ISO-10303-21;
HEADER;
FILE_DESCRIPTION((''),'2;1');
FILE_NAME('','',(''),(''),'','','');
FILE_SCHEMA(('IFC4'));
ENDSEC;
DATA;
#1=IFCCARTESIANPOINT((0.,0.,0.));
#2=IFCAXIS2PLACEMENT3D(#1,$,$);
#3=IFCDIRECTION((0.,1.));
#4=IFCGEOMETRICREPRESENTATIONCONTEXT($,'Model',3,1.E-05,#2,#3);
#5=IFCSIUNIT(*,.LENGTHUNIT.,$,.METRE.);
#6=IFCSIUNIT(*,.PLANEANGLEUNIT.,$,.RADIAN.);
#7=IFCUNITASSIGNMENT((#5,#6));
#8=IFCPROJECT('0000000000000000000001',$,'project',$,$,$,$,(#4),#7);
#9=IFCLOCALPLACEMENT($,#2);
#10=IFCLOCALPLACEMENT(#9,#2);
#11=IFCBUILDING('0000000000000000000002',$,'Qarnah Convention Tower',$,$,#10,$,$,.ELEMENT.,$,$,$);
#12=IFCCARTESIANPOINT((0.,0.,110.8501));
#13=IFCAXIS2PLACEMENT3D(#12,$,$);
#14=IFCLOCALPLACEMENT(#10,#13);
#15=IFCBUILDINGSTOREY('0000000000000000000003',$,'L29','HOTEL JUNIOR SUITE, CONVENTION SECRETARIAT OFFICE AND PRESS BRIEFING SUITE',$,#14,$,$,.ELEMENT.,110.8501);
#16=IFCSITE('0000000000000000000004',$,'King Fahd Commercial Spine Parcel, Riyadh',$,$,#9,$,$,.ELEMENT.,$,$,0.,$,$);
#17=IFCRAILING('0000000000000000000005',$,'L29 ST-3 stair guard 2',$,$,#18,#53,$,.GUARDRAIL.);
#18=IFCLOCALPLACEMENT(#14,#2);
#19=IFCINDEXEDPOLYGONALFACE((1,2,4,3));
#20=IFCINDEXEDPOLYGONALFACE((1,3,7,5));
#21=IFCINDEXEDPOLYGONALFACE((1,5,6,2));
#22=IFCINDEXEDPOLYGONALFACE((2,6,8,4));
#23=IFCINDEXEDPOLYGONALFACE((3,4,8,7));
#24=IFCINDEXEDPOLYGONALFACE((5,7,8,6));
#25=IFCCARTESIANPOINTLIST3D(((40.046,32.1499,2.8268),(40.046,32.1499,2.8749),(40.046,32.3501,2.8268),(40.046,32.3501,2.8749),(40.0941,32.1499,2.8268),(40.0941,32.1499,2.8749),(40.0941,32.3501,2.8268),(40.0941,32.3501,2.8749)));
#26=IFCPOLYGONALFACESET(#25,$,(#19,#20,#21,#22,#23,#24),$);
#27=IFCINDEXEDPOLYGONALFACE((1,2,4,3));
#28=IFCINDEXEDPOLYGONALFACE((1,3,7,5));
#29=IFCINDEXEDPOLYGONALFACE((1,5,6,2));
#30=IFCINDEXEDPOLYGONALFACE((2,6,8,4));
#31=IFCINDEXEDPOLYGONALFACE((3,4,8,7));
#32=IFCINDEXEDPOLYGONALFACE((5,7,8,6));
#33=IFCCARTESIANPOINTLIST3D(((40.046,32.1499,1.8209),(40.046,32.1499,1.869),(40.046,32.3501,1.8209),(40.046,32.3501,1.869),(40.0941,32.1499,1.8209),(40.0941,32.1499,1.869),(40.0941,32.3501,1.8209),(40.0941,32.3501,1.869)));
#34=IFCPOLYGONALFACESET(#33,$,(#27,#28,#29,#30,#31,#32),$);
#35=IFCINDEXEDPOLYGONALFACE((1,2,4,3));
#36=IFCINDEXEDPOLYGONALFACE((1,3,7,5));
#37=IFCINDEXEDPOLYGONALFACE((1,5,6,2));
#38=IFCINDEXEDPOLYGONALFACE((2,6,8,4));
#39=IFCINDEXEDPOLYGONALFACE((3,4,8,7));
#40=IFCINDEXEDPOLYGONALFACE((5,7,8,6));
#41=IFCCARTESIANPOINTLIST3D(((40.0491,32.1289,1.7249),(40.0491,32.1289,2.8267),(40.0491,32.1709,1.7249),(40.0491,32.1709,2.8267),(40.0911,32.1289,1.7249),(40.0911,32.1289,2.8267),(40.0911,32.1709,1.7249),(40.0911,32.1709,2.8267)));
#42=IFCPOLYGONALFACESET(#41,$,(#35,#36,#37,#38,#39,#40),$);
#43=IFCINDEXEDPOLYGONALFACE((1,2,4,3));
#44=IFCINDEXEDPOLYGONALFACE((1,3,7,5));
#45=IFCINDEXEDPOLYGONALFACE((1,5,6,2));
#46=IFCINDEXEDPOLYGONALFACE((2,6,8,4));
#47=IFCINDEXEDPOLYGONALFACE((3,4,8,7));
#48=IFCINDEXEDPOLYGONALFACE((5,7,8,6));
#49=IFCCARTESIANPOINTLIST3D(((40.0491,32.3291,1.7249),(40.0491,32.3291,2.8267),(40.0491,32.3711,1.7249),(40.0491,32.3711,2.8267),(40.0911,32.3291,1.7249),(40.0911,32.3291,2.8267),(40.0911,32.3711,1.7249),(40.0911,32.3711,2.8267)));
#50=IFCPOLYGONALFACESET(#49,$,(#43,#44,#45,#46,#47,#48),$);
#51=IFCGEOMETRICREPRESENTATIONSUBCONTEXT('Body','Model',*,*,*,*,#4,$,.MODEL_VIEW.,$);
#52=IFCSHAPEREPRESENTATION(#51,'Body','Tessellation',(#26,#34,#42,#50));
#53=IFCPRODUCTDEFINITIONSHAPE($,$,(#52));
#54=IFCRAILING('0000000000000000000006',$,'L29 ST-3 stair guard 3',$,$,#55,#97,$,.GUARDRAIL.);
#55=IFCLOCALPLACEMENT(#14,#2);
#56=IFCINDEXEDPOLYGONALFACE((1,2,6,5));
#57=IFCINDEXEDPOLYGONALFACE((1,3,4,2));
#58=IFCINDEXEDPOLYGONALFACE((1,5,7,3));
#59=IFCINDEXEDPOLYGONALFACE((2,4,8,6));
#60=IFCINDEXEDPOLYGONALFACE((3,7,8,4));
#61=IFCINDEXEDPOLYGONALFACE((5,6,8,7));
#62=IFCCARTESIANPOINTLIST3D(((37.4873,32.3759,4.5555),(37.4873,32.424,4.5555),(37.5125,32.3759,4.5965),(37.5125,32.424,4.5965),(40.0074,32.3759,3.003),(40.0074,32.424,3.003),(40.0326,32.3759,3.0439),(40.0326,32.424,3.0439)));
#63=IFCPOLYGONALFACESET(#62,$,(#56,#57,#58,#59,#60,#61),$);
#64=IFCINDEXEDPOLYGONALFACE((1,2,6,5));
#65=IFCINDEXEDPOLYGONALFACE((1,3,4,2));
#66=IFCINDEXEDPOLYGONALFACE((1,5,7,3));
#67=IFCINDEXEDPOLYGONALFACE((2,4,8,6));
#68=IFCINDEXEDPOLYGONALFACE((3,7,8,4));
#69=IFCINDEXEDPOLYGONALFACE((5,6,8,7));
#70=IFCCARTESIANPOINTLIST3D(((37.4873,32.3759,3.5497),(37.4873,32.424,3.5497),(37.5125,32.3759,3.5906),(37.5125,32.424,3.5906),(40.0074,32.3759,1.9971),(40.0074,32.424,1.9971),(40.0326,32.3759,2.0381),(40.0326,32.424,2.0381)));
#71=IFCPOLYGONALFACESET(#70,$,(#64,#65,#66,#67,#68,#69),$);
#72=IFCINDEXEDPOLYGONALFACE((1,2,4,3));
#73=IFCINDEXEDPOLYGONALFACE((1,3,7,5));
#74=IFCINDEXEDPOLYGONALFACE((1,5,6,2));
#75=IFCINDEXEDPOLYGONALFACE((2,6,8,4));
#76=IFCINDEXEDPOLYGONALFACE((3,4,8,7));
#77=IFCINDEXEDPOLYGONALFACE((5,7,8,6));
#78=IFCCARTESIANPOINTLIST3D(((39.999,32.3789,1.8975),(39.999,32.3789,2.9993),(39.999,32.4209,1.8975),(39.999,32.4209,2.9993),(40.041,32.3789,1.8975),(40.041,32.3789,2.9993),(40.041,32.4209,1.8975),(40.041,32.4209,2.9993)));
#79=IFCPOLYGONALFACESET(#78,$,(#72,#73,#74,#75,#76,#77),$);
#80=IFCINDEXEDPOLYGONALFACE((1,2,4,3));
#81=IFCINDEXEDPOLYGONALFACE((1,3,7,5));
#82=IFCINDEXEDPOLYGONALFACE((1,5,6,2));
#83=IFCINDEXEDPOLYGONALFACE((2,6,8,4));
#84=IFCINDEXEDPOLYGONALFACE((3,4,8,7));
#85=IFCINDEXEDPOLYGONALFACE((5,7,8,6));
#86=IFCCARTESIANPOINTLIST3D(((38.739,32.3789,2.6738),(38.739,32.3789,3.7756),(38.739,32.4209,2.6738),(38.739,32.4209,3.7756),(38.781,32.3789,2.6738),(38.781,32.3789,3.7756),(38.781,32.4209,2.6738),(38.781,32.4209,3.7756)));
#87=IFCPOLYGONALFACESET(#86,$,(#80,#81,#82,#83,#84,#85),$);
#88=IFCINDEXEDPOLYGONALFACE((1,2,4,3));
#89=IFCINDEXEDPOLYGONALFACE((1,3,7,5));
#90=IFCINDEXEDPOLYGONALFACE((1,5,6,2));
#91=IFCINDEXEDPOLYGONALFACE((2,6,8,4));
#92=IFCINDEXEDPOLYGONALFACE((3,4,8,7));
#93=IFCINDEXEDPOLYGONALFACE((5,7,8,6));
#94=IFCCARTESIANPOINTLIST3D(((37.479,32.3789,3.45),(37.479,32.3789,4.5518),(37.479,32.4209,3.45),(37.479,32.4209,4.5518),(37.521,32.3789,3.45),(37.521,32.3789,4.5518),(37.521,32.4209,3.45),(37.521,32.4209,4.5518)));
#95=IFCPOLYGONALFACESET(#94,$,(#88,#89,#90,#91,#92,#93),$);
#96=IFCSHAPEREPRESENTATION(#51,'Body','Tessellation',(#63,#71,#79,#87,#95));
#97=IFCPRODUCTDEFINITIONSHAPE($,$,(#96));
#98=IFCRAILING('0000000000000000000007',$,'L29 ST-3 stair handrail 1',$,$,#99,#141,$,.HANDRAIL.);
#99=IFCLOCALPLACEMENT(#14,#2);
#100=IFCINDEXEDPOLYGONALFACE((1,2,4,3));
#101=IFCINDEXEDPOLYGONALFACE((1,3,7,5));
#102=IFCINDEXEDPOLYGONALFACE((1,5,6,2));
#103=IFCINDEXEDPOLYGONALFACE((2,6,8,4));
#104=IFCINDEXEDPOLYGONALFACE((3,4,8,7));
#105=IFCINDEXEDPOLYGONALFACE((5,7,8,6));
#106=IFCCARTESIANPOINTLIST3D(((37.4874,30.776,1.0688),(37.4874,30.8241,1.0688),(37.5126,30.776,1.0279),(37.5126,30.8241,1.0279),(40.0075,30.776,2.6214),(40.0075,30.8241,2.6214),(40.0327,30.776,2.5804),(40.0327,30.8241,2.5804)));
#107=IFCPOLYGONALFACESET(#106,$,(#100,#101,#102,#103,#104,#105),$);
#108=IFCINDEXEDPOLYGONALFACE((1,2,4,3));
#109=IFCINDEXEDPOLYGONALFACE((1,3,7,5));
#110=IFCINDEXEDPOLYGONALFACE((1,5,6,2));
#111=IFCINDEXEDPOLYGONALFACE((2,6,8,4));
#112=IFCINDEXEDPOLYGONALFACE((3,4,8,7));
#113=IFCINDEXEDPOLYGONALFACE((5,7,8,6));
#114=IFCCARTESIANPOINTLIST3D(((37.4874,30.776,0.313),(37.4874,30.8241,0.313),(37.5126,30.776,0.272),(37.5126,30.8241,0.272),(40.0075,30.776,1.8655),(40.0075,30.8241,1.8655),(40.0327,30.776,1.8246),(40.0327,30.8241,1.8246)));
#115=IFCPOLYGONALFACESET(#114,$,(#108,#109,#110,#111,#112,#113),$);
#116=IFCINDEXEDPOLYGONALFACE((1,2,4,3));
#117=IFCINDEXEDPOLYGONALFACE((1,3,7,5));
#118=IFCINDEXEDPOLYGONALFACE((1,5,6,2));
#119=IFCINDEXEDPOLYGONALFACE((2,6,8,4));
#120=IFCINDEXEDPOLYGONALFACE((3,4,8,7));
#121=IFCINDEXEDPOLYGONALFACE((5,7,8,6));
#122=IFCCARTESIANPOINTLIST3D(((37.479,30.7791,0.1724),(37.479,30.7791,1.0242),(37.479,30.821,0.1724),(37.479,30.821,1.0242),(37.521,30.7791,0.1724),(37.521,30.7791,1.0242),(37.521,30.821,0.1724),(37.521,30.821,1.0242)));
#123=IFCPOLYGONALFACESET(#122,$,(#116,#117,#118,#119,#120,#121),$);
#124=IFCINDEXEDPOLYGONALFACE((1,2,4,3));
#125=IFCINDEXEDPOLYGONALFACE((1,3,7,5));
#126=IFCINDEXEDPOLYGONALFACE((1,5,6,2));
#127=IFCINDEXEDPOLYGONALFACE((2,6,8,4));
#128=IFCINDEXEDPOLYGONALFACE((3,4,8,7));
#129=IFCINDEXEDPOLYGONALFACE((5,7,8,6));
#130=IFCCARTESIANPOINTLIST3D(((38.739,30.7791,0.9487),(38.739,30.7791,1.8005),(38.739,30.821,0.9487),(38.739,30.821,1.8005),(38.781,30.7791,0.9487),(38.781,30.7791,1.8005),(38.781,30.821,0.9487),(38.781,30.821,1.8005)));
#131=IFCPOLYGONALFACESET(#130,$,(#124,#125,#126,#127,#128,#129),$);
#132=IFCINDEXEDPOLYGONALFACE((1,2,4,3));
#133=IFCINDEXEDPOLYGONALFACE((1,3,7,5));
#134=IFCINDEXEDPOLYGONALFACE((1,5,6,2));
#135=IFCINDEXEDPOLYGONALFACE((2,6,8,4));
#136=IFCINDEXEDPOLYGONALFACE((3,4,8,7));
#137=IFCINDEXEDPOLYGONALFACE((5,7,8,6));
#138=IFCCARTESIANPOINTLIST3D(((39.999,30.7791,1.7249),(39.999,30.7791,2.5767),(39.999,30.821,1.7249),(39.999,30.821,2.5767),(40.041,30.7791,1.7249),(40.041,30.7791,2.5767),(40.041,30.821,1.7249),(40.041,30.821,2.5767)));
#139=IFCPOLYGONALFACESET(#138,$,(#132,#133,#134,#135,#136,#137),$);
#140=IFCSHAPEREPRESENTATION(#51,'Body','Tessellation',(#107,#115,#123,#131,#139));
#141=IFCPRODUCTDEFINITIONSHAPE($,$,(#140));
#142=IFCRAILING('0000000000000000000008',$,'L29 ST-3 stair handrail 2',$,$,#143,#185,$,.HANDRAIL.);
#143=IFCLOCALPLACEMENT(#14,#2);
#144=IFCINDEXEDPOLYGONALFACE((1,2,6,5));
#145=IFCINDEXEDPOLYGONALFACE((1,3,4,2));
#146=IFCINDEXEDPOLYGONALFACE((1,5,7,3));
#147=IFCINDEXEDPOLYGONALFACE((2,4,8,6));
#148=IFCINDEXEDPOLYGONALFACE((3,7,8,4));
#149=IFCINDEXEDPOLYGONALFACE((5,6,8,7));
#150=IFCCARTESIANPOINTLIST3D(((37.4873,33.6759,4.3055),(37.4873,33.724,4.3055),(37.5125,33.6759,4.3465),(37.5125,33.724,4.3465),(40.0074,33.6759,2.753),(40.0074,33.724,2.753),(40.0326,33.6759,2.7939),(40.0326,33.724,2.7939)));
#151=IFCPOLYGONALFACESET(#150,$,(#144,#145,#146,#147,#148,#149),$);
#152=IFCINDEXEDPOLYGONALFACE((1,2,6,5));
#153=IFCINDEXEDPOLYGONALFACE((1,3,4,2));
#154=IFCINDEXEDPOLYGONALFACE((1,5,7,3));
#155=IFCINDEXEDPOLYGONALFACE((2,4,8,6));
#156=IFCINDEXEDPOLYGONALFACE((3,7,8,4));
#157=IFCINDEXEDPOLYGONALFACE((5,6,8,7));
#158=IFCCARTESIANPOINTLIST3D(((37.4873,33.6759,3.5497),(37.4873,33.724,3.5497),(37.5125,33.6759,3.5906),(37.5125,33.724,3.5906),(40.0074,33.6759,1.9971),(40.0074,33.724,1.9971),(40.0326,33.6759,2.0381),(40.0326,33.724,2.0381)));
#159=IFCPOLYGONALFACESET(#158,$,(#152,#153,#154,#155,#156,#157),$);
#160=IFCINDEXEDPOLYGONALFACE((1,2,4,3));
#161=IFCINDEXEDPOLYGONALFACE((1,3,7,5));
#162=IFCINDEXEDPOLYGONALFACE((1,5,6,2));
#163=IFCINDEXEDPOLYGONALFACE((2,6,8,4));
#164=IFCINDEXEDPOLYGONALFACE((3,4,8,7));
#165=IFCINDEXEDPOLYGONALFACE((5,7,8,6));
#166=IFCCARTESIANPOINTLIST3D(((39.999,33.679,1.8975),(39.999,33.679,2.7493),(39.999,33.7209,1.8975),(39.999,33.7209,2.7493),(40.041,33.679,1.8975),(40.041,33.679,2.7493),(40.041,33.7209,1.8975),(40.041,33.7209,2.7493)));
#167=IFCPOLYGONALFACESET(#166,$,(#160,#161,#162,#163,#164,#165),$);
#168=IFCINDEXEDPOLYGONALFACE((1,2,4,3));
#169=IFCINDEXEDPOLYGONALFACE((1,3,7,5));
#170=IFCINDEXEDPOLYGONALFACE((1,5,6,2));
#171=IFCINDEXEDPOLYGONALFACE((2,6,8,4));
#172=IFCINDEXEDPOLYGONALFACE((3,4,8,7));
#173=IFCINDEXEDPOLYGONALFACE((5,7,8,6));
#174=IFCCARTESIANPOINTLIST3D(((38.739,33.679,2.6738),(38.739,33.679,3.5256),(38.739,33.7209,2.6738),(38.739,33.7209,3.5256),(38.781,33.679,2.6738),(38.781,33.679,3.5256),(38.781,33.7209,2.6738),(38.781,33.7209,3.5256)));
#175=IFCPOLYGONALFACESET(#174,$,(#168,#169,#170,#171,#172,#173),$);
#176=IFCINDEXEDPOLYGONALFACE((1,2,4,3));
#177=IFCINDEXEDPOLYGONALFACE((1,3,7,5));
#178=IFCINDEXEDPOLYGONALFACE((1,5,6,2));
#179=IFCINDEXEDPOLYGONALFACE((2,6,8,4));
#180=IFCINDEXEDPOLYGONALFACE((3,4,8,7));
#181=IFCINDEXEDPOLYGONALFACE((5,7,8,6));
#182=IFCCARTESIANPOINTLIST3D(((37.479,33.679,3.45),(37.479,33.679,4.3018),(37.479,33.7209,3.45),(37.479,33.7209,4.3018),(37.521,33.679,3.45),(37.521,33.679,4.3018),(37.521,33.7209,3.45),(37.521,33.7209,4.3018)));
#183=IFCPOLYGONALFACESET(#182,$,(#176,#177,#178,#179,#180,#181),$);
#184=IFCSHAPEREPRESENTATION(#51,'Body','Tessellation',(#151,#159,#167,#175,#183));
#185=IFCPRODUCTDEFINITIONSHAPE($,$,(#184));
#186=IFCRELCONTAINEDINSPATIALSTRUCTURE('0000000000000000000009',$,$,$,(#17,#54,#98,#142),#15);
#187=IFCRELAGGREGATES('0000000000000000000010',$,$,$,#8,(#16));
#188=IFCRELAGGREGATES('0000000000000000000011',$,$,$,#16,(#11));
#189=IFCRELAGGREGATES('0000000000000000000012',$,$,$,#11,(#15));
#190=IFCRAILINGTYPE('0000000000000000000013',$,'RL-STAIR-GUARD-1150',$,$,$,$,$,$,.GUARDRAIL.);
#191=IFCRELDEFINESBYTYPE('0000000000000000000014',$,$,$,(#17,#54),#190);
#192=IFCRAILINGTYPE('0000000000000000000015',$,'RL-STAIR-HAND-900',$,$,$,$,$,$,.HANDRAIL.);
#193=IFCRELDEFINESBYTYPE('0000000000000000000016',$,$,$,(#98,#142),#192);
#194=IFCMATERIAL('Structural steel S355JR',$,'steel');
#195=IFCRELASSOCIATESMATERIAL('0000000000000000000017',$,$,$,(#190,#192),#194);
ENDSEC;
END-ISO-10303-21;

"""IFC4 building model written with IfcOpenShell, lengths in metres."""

from ifc_helpers import new_model, si_unit, direction, frame, origin, origin_2d, place, context, subcontext, project, spatial, rectangle, extrude, material, type_object, element, save


model = new_model("IFC4")

# Units and contexts
model_context = context("Model", 3, precision=1e-05, world=origin(), true_north=direction((0.0, 1.0)))
body_context = subcontext(model_context, "Body", "Model", "MODEL_VIEW")
ifc_project = project(units=[si_unit("LENGTHUNIT", "METRE"), si_unit("PLANEANGLEUNIT", "RADIAN")], contexts=[model_context])

# Site, building, storey
site_placement = place(None, origin())
site = spatial("IfcSite", under=ifc_project, at=site_placement, Name="King Fahd Commercial Spine Parcel, Riyadh", CompositionType="ELEMENT", RefElevation=0.0)
building_placement = place(site_placement, origin())
building = spatial("IfcBuilding", under=site, at=building_placement, Name="Qarnah Convention Tower", CompositionType="ELEMENT")
storey_placement = place(building_placement, frame((0.0, 0.0, 110.8501)))
storey = spatial("IfcBuildingStorey", under=building, at=storey_placement, Name="L29", Description="HOTEL JUNIOR SUITE, CONVENTION SECRETARIAT OFFICE AND PRESS BRIEFING SUITE", CompositionType="ELEMENT", Elevation=110.8501)

# Shared definitions
ifc_material_1 = material(Name="Structural steel S355JR", Category="steel")

# Railings
railing_type_1 = type_object("IfcRailingType", Name="RL-STAIR-GUARD-1150", PredefinedType="GUARDRAIL", material=ifc_material_1)
railing_1_placement = place(storey_placement, frame((40.0701, 32.1499, 1.7249)))
element("IfcRailing", 1, at=railing_1_placement, inside=storey, type_object=railing_type_1, Name="L29 ST-3 stair guard 2", PredefinedType="GUARDRAIL", context=body_context, shape_type="SweptSolid", body=[
    extrude(rectangle(XDim=0.0481, YDim=0.0481, at=origin_2d()), frame((0.0, 0.0, 1.126), z_axis=(0.0, 1.0, 0.0), x_axis=(-1.0, 0.0, 0.0)), (0.0, 0.0, 1.0), 0.2002),
    extrude(rectangle(XDim=0.0481, YDim=0.0481, at=origin_2d()), frame((0.0, 0.0, 0.1201), z_axis=(0.0, 1.0, 0.0), x_axis=(-1.0, 0.0, 0.0)), (0.0, 0.0, 1.0), 0.2002),
    extrude(rectangle(XDim=0.042, YDim=0.042, at=origin_2d()), origin(), (0.0, 0.0, 1.0), 1.1018),
    extrude(rectangle(XDim=0.042, YDim=0.042, at=origin_2d()), frame((0.0, 0.2002, 0.0)), (0.0, 0.0, 1.0), 1.1018),
])
railing_2_placement = place(storey_placement, frame((40.02, 32.3999, 1.8975)))
element("IfcRailing", 2, at=railing_2_placement, inside=storey, type_object=railing_type_1, Name="L29 ST-3 stair guard 3", PredefinedType="GUARDRAIL", context=body_context, shape_type="SweptSolid", body=[
    extrude(rectangle(XDim=0.0481, YDim=0.0481, at=origin_2d()), frame((0.0, 0.0, 1.126), z_axis=(-0.8514, 0.0, 0.524516), x_axis=(0.0, -1.0, 0.0)), (0.0, 0.0, 1.0), 2.96),
    extrude(rectangle(XDim=0.0481, YDim=0.0481, at=origin_2d()), frame((0.0, 0.0, 0.1201), z_axis=(-0.8514, 0.0, 0.524516), x_axis=(0.0, -1.0, 0.0)), (0.0, 0.0, 1.0), 2.96),
    extrude(rectangle(XDim=0.042, YDim=0.042, at=origin_2d()), origin(), (0.0, 0.0, 1.0), 1.1018),
    extrude(rectangle(XDim=0.042, YDim=0.042, at=origin_2d()), frame((-1.26, 0.0, 0.7764)), (0.0, 0.0, 1.0), 1.1018),
    extrude(rectangle(XDim=0.042, YDim=0.042, at=origin_2d()), frame((-2.52, 0.0, 1.5525)), (0.0, 0.0, 1.0), 1.1018),
])
railing_type_2 = type_object("IfcRailingType", Name="RL-STAIR-HAND-900", PredefinedType="HANDRAIL", material=ifc_material_1)
railing_3_placement = place(storey_placement, frame((37.5, 30.8, 0.1724)))
element("IfcRailing", 3, at=railing_3_placement, inside=storey, type_object=railing_type_2, Name="L29 ST-3 stair handrail 1", PredefinedType="HANDRAIL", context=body_context, shape_type="SweptSolid", body=[
    extrude(rectangle(XDim=0.0481, YDim=0.0481, at=origin_2d()), frame((0.0, 0.0, 0.876), z_axis=(0.8514, 0.0, 0.524516), x_axis=(0.0, 1.0, 0.0)), (0.0, 0.0, 1.0), 2.96),
    extrude(rectangle(XDim=0.0481, YDim=0.0481, at=origin_2d()), frame((0.0, 0.0, 0.1201), z_axis=(0.8514, 0.0, 0.524516), x_axis=(0.0, 1.0, 0.0)), (0.0, 0.0, 1.0), 2.96),
    extrude(rectangle(XDim=0.042, YDim=0.042, at=origin_2d()), origin(), (0.0, 0.0, 1.0), 0.8518),
    extrude(rectangle(XDim=0.042, YDim=0.042, at=origin_2d()), frame((1.26, 0.0, 0.7764)), (0.0, 0.0, 1.0), 0.8518),
    extrude(rectangle(XDim=0.042, YDim=0.042, at=origin_2d()), frame((2.52, 0.0, 1.5525)), (0.0, 0.0, 1.0), 0.8518),
])
railing_4_placement = place(storey_placement, frame((40.02, 33.7, 1.8975)))
element("IfcRailing", 4, at=railing_4_placement, inside=storey, type_object=railing_type_2, Name="L29 ST-3 stair handrail 2", PredefinedType="HANDRAIL", context=body_context, shape_type="SweptSolid", body=[
    extrude(rectangle(XDim=0.0481, YDim=0.0481, at=origin_2d()), frame((0.0, 0.0, 0.876), z_axis=(-0.8514, 0.0, 0.524516), x_axis=(0.0, -1.0, 0.0)), (0.0, 0.0, 1.0), 2.96),
    extrude(rectangle(XDim=0.0481, YDim=0.0481, at=origin_2d()), frame((0.0, 0.0, 0.1201), z_axis=(-0.8514, 0.0, 0.524516), x_axis=(0.0, -1.0, 0.0)), (0.0, 0.0, 1.0), 2.96),
    extrude(rectangle(XDim=0.042, YDim=0.042, at=origin_2d()), origin(), (0.0, 0.0, 1.0), 0.8518),
    extrude(rectangle(XDim=0.042, YDim=0.042, at=origin_2d()), frame((-1.26, 0.0, 0.7764)), (0.0, 0.0, 1.0), 0.8518),
    extrude(rectangle(XDim=0.042, YDim=0.042, at=origin_2d()), frame((-2.52, 0.0, 1.5525)), (0.0, 0.0, 1.0), 0.8518),
])

save(model, "model.ifc")
